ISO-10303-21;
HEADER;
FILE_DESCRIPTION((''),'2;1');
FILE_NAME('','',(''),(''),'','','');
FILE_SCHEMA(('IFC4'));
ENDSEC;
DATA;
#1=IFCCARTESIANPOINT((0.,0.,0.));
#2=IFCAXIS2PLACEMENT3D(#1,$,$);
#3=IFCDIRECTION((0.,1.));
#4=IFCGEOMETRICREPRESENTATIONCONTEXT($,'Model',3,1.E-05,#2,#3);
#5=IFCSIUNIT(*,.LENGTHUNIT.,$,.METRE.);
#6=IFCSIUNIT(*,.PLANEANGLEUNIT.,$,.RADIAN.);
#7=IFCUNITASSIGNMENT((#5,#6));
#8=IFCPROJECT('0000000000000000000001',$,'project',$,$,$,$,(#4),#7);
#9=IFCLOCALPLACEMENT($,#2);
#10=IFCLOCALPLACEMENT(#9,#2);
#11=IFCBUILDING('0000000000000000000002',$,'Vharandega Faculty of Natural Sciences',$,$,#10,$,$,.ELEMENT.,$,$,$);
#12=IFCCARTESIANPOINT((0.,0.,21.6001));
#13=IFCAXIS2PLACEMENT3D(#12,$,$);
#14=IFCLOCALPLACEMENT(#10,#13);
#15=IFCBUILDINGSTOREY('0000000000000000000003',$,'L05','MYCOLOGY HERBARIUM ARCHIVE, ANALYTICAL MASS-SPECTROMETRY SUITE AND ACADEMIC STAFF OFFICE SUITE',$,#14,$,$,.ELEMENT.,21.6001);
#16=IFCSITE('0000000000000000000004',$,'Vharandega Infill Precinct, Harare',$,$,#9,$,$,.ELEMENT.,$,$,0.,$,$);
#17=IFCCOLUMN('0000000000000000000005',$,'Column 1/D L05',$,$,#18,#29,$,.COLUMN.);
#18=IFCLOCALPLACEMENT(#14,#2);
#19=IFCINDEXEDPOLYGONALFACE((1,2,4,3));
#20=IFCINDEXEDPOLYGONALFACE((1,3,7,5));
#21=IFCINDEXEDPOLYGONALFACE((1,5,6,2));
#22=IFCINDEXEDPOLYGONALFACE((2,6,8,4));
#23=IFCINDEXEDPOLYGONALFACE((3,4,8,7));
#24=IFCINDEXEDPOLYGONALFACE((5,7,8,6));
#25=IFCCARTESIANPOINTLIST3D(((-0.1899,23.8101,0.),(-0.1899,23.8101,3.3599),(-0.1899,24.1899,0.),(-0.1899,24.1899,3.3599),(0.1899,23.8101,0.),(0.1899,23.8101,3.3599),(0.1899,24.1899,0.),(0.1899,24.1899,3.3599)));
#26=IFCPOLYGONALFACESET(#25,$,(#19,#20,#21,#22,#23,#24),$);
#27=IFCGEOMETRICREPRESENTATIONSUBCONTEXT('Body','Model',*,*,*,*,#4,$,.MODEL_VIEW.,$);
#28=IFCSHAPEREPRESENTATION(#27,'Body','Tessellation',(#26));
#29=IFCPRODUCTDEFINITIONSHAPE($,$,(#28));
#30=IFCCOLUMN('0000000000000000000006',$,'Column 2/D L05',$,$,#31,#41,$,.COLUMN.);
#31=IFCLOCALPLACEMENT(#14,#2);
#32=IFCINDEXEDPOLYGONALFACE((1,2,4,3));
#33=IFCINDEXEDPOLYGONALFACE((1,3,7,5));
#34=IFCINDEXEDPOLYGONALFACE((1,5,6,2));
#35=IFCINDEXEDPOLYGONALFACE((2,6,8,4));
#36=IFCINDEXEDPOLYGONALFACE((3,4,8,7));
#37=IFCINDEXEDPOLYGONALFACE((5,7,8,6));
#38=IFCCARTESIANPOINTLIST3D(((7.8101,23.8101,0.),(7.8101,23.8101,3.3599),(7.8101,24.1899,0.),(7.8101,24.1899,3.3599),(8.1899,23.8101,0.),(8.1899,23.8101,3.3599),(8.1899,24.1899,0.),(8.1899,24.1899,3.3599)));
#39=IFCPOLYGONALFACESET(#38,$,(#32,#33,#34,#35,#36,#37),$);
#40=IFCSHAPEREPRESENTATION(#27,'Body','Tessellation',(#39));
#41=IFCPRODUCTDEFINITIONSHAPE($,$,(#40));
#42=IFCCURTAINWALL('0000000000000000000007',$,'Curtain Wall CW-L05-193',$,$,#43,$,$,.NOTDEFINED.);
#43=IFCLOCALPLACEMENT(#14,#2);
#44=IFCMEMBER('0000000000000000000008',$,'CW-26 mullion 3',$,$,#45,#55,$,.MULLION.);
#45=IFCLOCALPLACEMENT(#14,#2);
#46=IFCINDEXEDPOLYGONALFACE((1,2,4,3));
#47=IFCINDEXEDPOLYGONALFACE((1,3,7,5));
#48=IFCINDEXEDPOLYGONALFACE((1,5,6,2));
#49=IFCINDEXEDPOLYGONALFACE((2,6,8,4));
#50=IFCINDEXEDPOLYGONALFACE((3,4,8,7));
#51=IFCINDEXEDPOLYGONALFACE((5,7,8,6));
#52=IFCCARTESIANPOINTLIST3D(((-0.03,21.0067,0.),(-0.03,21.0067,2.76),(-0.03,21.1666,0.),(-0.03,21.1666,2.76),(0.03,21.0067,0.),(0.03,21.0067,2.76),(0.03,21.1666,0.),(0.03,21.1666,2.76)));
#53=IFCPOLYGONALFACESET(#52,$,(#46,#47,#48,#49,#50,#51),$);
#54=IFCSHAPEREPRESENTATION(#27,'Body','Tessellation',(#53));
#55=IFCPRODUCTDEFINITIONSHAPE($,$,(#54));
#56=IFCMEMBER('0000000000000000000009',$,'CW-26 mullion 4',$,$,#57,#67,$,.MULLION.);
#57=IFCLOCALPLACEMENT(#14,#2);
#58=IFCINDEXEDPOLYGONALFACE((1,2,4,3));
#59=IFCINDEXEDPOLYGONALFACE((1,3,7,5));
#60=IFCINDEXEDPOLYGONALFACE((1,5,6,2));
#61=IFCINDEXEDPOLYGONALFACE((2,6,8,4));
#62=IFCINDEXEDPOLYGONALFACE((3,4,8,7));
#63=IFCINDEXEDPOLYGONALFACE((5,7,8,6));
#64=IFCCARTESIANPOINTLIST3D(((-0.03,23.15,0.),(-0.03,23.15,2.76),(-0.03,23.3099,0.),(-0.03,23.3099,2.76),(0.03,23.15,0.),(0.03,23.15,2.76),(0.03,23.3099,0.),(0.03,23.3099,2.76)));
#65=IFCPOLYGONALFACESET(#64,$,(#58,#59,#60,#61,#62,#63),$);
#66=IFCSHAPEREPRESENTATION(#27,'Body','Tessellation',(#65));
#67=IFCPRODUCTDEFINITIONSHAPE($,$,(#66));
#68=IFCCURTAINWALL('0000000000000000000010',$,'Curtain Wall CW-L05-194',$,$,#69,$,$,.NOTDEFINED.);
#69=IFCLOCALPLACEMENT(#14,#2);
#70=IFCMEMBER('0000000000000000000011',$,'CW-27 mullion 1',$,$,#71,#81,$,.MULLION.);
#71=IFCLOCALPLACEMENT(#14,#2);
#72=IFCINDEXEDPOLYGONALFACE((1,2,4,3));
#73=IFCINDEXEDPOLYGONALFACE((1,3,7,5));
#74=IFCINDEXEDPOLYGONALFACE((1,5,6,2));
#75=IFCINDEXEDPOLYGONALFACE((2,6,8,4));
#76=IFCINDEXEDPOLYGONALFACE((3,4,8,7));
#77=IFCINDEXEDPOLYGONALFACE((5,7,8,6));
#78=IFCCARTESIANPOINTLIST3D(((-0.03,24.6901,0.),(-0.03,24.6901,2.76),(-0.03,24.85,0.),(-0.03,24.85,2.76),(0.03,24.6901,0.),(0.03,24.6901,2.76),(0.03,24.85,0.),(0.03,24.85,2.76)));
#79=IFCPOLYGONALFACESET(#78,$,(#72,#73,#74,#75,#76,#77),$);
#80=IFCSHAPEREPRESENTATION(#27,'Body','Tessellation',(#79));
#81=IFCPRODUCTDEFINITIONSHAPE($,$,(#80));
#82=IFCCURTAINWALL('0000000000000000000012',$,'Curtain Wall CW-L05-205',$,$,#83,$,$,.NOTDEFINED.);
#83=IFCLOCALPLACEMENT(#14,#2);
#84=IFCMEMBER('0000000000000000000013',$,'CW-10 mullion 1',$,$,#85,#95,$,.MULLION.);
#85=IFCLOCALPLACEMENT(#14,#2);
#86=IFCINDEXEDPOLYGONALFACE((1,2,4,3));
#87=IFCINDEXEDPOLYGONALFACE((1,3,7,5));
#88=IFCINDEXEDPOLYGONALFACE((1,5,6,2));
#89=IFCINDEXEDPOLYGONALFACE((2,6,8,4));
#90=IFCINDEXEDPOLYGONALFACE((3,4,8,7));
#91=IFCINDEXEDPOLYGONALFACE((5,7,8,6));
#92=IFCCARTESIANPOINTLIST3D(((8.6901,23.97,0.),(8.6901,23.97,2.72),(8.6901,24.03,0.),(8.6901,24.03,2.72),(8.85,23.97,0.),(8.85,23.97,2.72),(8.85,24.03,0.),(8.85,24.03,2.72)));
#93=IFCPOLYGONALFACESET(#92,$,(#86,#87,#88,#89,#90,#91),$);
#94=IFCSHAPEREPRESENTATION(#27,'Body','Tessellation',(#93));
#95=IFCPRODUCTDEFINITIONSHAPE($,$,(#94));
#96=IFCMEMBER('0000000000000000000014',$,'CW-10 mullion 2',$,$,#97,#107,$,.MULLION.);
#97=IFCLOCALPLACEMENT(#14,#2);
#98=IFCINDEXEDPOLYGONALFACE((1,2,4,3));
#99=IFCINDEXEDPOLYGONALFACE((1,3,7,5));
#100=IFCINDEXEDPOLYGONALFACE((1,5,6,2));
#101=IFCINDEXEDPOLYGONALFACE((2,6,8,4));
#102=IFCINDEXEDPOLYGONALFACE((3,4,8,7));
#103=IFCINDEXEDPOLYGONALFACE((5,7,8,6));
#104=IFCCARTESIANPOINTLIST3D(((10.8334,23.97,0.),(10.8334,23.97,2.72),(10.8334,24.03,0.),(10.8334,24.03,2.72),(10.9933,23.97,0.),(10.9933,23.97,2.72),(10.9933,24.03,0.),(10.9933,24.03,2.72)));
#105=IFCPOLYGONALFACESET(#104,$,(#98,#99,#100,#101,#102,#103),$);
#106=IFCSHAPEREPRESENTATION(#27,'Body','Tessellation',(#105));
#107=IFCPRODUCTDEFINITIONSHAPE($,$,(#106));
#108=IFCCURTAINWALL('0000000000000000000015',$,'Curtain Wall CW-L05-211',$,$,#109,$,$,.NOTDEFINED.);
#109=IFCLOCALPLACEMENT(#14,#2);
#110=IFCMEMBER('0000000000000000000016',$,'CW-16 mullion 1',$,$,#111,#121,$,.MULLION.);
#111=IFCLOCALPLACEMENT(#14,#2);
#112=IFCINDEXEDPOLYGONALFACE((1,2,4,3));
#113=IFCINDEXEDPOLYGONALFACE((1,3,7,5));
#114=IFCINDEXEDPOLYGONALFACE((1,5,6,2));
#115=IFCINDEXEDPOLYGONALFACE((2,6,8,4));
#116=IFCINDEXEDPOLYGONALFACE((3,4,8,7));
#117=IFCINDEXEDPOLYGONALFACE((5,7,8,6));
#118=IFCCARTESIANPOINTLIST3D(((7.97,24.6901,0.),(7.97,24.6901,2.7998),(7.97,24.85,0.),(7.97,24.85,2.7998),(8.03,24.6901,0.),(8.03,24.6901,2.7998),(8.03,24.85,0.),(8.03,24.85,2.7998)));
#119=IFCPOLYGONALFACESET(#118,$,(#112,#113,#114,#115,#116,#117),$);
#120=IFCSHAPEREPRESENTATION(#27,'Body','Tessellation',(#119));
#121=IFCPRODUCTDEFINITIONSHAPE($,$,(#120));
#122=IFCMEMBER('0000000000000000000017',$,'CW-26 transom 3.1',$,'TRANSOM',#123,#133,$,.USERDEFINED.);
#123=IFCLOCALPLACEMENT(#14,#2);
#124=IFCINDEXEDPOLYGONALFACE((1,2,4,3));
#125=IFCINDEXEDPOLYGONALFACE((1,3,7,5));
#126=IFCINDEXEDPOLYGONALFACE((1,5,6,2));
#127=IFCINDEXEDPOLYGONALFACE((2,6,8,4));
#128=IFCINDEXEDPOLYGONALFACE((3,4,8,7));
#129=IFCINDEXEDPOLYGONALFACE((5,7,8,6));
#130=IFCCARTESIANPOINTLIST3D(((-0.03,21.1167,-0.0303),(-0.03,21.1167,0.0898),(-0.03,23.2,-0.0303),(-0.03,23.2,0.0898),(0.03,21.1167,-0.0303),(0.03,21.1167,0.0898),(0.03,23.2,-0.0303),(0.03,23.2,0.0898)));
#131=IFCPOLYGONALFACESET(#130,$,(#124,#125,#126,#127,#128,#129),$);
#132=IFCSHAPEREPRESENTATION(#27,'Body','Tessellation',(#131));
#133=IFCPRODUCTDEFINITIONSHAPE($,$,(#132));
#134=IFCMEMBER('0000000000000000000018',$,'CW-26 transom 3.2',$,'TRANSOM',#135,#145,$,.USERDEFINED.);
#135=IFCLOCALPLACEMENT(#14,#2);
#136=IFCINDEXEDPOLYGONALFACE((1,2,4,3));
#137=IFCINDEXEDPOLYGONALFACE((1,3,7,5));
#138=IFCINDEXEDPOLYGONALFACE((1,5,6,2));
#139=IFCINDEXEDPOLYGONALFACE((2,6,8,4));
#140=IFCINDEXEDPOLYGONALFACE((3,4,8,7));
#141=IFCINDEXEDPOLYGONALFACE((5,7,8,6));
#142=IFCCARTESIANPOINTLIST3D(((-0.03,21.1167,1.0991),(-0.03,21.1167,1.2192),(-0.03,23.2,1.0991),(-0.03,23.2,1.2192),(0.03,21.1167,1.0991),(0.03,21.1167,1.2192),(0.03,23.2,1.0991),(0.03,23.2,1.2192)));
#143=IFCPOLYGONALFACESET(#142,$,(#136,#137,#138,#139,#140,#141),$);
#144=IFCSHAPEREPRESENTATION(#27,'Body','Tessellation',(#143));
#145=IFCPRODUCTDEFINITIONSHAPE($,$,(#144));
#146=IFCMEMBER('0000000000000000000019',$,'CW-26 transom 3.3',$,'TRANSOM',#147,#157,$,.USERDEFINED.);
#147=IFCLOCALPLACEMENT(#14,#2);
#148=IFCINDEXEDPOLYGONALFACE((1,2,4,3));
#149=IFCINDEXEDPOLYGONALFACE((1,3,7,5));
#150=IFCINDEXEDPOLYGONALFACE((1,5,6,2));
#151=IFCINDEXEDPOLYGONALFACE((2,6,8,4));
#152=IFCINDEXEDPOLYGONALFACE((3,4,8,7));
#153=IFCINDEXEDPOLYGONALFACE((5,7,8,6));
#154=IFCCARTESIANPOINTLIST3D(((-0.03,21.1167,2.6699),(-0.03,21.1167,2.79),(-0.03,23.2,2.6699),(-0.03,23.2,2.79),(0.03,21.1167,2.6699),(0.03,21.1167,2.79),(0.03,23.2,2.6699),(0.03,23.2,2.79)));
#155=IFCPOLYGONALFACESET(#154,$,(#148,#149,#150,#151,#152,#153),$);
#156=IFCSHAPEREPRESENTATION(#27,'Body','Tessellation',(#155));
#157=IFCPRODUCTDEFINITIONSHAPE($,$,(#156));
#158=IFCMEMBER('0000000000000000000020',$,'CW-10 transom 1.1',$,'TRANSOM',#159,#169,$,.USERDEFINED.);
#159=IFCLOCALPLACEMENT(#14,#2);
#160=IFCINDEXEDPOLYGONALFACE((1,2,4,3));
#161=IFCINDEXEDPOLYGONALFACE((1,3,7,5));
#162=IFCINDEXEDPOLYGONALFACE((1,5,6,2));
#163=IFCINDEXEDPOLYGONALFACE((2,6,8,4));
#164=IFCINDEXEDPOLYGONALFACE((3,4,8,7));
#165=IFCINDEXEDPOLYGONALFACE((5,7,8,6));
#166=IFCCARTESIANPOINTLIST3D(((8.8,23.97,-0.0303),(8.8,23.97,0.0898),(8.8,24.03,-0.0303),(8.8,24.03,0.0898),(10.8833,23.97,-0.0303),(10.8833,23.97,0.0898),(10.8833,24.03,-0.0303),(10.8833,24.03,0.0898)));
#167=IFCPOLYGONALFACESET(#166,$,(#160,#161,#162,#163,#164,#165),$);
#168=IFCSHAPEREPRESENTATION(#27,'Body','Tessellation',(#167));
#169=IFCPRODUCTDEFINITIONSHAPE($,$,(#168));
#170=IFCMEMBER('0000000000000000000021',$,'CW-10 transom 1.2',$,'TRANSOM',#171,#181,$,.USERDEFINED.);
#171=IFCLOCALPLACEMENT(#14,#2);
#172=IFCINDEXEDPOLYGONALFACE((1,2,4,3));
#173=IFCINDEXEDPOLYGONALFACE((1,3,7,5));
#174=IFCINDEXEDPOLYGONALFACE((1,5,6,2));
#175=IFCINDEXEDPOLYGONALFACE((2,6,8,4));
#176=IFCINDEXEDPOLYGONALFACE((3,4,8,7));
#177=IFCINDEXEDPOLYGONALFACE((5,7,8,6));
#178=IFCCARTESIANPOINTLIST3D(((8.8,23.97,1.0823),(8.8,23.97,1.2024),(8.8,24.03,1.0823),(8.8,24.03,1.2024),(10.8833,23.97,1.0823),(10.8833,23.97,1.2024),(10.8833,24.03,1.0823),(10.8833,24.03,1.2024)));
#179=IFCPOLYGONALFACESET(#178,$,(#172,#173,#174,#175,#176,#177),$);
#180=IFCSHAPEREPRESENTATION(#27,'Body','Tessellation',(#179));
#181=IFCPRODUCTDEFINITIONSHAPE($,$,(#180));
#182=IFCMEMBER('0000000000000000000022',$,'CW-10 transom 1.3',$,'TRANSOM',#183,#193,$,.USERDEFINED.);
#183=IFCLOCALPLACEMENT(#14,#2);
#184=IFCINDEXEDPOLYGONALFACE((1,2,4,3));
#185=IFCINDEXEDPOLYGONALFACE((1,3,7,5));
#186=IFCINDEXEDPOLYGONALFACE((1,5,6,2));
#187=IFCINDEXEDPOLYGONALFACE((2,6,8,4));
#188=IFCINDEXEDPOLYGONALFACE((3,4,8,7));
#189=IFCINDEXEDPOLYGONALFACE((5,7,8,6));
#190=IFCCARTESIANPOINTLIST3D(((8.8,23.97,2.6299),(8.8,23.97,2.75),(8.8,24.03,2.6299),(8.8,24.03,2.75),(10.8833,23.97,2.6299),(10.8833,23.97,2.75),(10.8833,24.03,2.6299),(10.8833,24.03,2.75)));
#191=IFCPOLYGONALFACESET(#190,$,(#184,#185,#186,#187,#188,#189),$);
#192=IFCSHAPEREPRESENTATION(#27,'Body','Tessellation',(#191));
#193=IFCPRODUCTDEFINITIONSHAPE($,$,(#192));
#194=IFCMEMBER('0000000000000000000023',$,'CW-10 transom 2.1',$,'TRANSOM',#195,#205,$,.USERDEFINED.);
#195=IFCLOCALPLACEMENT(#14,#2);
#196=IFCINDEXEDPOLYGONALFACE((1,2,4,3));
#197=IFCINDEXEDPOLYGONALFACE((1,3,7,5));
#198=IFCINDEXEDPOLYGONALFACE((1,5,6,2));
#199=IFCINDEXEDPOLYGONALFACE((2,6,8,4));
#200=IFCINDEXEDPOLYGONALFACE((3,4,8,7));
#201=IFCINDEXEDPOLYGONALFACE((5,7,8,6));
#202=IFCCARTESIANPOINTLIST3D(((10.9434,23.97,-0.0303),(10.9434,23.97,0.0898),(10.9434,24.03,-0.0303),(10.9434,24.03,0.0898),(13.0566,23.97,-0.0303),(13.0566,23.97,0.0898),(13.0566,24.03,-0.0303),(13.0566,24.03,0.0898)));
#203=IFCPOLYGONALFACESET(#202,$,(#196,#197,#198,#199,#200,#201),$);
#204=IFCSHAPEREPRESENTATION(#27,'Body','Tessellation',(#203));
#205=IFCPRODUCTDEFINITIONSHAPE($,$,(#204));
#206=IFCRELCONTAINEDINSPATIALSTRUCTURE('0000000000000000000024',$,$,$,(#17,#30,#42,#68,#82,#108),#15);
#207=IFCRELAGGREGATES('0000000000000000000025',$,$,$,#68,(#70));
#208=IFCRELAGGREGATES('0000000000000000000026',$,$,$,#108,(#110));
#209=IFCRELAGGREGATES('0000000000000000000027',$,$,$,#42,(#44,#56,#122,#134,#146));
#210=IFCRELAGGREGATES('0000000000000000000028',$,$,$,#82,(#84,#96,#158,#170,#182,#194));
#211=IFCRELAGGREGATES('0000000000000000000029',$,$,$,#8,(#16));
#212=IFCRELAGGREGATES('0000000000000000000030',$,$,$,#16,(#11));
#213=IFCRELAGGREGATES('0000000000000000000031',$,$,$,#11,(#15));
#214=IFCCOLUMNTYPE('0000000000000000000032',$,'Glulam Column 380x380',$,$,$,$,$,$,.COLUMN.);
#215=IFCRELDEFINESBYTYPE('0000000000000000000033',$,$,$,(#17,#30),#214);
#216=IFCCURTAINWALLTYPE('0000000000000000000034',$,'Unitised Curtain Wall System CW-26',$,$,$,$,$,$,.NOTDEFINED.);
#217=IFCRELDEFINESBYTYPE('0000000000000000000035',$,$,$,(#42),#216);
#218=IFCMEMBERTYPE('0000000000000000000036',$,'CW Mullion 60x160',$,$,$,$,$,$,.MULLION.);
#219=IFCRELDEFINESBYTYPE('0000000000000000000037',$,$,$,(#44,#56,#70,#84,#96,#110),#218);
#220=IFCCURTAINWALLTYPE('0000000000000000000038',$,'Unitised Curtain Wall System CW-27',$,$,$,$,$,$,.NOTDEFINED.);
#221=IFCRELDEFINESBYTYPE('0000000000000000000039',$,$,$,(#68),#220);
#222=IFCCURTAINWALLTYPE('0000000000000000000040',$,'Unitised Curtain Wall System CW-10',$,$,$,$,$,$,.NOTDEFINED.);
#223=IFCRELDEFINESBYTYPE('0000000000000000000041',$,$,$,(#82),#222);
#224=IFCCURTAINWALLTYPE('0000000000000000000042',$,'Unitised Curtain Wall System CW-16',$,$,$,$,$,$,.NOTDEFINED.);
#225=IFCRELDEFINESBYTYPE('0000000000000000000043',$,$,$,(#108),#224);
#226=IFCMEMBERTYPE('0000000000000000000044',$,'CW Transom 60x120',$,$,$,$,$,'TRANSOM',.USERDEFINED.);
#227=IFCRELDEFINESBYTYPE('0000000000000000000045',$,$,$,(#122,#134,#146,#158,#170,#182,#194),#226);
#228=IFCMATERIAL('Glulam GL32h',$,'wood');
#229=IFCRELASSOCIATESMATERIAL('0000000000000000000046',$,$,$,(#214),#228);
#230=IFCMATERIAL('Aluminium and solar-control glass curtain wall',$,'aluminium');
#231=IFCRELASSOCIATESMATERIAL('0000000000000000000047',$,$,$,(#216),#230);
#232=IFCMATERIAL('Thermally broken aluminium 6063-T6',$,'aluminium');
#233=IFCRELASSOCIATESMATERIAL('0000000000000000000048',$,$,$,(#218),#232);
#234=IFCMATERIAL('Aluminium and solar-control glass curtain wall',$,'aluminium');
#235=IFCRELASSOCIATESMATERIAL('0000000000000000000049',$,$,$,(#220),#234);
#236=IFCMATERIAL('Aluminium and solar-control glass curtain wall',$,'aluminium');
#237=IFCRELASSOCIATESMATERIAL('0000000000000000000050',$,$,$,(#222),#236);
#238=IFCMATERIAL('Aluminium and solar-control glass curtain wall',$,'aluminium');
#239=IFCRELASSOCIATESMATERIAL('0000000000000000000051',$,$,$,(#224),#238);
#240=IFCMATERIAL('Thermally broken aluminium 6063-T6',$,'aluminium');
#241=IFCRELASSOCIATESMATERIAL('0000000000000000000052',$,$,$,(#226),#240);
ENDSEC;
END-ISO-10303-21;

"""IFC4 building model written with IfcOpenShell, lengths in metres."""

from ifc_helpers import new_model, si_unit, direction, frame, origin, origin_2d, place, context, subcontext, project, spatial, rectangle, extrude, material, material_profile, profile_set, type_object, element, aggregate, save


model = new_model("IFC4")

# Units and contexts
model_context = context("Model", 3, precision=1e-05, world=origin(), true_north=direction((0.0, 1.0)))
body_context = subcontext(model_context, "Body", "Model", "MODEL_VIEW")
ifc_project = project(units=[si_unit("LENGTHUNIT", "METRE"), si_unit("PLANEANGLEUNIT", "RADIAN")], contexts=[model_context])

# Site, building, storey
site_placement = place(None, origin())
site = spatial("IfcSite", under=ifc_project, at=site_placement, Name="Vharandega Infill Precinct, Harare", CompositionType="ELEMENT", RefElevation=0.0)
building_placement = place(site_placement, origin())
building = spatial("IfcBuilding", under=site, at=building_placement, Name="Vharandega Faculty of Natural Sciences", CompositionType="ELEMENT")
storey_placement = place(building_placement, frame((0.0, 0.0, 21.6001)))
storey = spatial("IfcBuildingStorey", under=building, at=storey_placement, Name="L05", Description="MYCOLOGY HERBARIUM ARCHIVE, ANALYTICAL MASS-SPECTROMETRY SUITE AND ACADEMIC STAFF OFFICE SUITE", CompositionType="ELEMENT", Elevation=21.6001)

# Columns
ifc_material_1 = material(Name="Glulam GL32h", Category="wood")
ifc_material_profile_1 = material_profile(ifc_material_1, rectangle(XDim=0.3799, YDim=0.3799, at=origin_2d()), Name="GL32h 380x380")
ifc_profile_set_1 = profile_set([ifc_material_profile_1], Name="Glulam GL32h")
column_type = type_object("IfcColumnType", Name="Glulam Column 380x380", PredefinedType="COLUMN", material=ifc_profile_set_1)
for number, where, z_axis, x_axis, name in (
    (1, (0.0, 24.0, 0.0), (0.0, 0.0, 1.0), (1.0, 0.0, 0.0), "Column 1/D L05"),
    (2, (8.0, 24.0, 0.0), (0.0, 0.0, 1.0), (1.0, 0.0, 0.0), "Column 2/D L05"),
):
    element("IfcColumn", number, at=place(storey_placement, frame(where, z_axis=z_axis, x_axis=x_axis)), inside=storey, type_object=column_type, Name=name, PredefinedType="COLUMN", context=body_context, shape_type="SweptSolid", body=[
        extrude(rectangle(XDim=0.3799, YDim=0.3799, at=origin_2d()), origin(), (0.0, 0.0, 1.0), 3.3599),
    ])

# Curtain wall, members
ifc_material_2 = material(Name="Aluminium and solar-control glass curtain wall", Category="aluminium")
curtain_wall_type_1 = type_object("IfcCurtainWallType", Name="Unitised Curtain Wall System CW-26", PredefinedType="NOTDEFINED", material=ifc_material_2)
curtain_wall_1_placement = place(storey_placement, origin())
curtain_wall_1 = element("IfcCurtainWall", 3, at=curtain_wall_1_placement, inside=storey, type_object=curtain_wall_type_1, Name="Curtain Wall CW-L05-193", PredefinedType="NOTDEFINED")
ifc_material_3 = material(Name="Thermally broken aluminium 6063-T6", Category="aluminium")
ifc_material_profile_2 = material_profile(ifc_material_3, rectangle(XDim=0.0601, YDim=0.1599, at=origin_2d()), Name="ALU 60x160")
ifc_profile_set_2 = profile_set([ifc_material_profile_2], Name="Thermally broken aluminium 6063-T6")
member_type_1 = type_object("IfcMemberType", Name="CW Mullion 60x160", PredefinedType="MULLION", material=ifc_profile_set_2)
member_1_placement = place(storey_placement, frame((0.0, 21.0867, 0.0), z_axis=(0.0, 0.0, 1.0), x_axis=(-1.0, 0.0, 0.0)))
member_1 = element("IfcMember", 4, at=member_1_placement, type_object=member_type_1, Name="CW-26 mullion 3", PredefinedType="MULLION", context=body_context, shape_type="SweptSolid", body=[
    extrude(rectangle(XDim=0.0601, YDim=0.1599, at=origin_2d()), origin(), (0.0, 0.0, 1.0), 2.76),
])
member_2_placement = place(storey_placement, frame((0.0, 23.23, 0.0), z_axis=(0.0, 0.0, 1.0), x_axis=(-1.0, 0.0, 0.0)))
member_2 = element("IfcMember", 5, at=member_2_placement, type_object=member_type_1, Name="CW-26 mullion 4", PredefinedType="MULLION", context=body_context, shape_type="SweptSolid", body=[
    extrude(rectangle(XDim=0.0601, YDim=0.1599, at=origin_2d()), origin(), (0.0, 0.0, 1.0), 2.76),
])

# Curtain wall, member
ifc_material_4 = material(Name="Aluminium and solar-control glass curtain wall", Category="aluminium")
curtain_wall_type_2 = type_object("IfcCurtainWallType", Name="Unitised Curtain Wall System CW-27", PredefinedType="NOTDEFINED", material=ifc_material_4)
curtain_wall_2_placement = place(storey_placement, origin())
curtain_wall_2 = element("IfcCurtainWall", 6, at=curtain_wall_2_placement, inside=storey, type_object=curtain_wall_type_2, Name="Curtain Wall CW-L05-194", PredefinedType="NOTDEFINED")
member_3_placement = place(storey_placement, frame((0.0, 24.77, 0.0), z_axis=(0.0, 0.0, 1.0), x_axis=(-1.0, 0.0, 0.0)))
member_3 = element("IfcMember", 7, at=member_3_placement, type_object=member_type_1, Name="CW-27 mullion 1", PredefinedType="MULLION", context=body_context, shape_type="SweptSolid", body=[
    extrude(rectangle(XDim=0.0601, YDim=0.1599, at=origin_2d()), origin(), (0.0, 0.0, 1.0), 2.76),
])
aggregate(curtain_wall_2, [member_3])

# Curtain wall, members
ifc_material_5 = material(Name="Aluminium and solar-control glass curtain wall", Category="aluminium")
curtain_wall_type_3 = type_object("IfcCurtainWallType", Name="Unitised Curtain Wall System CW-10", PredefinedType="NOTDEFINED", material=ifc_material_5)
curtain_wall_3_placement = place(storey_placement, origin())
curtain_wall_3 = element("IfcCurtainWall", 8, at=curtain_wall_3_placement, inside=storey, type_object=curtain_wall_type_3, Name="Curtain Wall CW-L05-205", PredefinedType="NOTDEFINED")
member_4_placement = place(storey_placement, frame((8.77, 24.0, 0.0), z_axis=(0.0, 0.0, 1.0), x_axis=(0.0, 1.0, 0.0)))
member_4 = element("IfcMember", 9, at=member_4_placement, type_object=member_type_1, Name="CW-10 mullion 1", PredefinedType="MULLION", context=body_context, shape_type="SweptSolid", body=[
    extrude(rectangle(XDim=0.0601, YDim=0.1599, at=origin_2d()), origin(), (0.0, 0.0, 1.0), 2.72),
])
member_5_placement = place(storey_placement, frame((10.9133, 24.0, 0.0), z_axis=(0.0, 0.0, 1.0), x_axis=(0.0, 1.0, 0.0)))
member_5 = element("IfcMember", 10, at=member_5_placement, type_object=member_type_1, Name="CW-10 mullion 2", PredefinedType="MULLION", context=body_context, shape_type="SweptSolid", body=[
    extrude(rectangle(XDim=0.0601, YDim=0.1599, at=origin_2d()), origin(), (0.0, 0.0, 1.0), 2.72),
])

# Curtain wall, member
ifc_material_6 = material(Name="Aluminium and solar-control glass curtain wall", Category="aluminium")
curtain_wall_type_4 = type_object("IfcCurtainWallType", Name="Unitised Curtain Wall System CW-16", PredefinedType="NOTDEFINED", material=ifc_material_6)
curtain_wall_4_placement = place(storey_placement, origin())
curtain_wall_4 = element("IfcCurtainWall", 11, at=curtain_wall_4_placement, inside=storey, type_object=curtain_wall_type_4, Name="Curtain Wall CW-L05-211", PredefinedType="NOTDEFINED")
member_6_placement = place(storey_placement, frame((8.0, 24.77, 0.0), z_axis=(0.0, 0.0, 1.0), x_axis=(-1.0, 0.0, 0.0)))
member_6 = element("IfcMember", 12, at=member_6_placement, type_object=member_type_1, Name="CW-16 mullion 1", PredefinedType="MULLION", context=body_context, shape_type="SweptSolid", body=[
    extrude(rectangle(XDim=0.0601, YDim=0.1599, at=origin_2d()), origin(), (0.0, 0.0, 1.0), 2.7998),
])
aggregate(curtain_wall_4, [member_6])

# Members
ifc_material_7 = material(Name="Thermally broken aluminium 6063-T6", Category="aluminium")
ifc_material_profile_3 = material_profile(ifc_material_7, rectangle(XDim=0.0601, YDim=0.1201, at=origin_2d()), Name="ALU 60x120")
ifc_profile_set_3 = profile_set([ifc_material_profile_3], Name="Thermally broken aluminium 6063-T6")
member_type_2 = type_object("IfcMemberType", Name="CW Transom 60x120", ElementType="TRANSOM", PredefinedType="USERDEFINED", material=ifc_profile_set_3)
member_7_placement = place(storey_placement, frame((0.0, 21.1167, 0.0298), z_axis=(0.0, 1.0, 0.0), x_axis=(-1.0, 0.0, 0.0)))
member_7 = element("IfcMember", 13, at=member_7_placement, type_object=member_type_2, Name="CW-26 transom 3.1", ObjectType="TRANSOM", PredefinedType="USERDEFINED", context=body_context, shape_type="SweptSolid", body=[
    extrude(rectangle(XDim=0.0601, YDim=0.1201, at=origin_2d()), origin(), (0.0, 0.0, 1.0), 2.0833),
])
member_8_placement = place(storey_placement, frame((0.0, 21.1167, 1.1592), z_axis=(0.0, 1.0, 0.0), x_axis=(-1.0, 0.0, 0.0)))
member_8 = element("IfcMember", 14, at=member_8_placement, type_object=member_type_2, Name="CW-26 transom 3.2", ObjectType="TRANSOM", PredefinedType="USERDEFINED", context=body_context, shape_type="SweptSolid", body=[
    extrude(rectangle(XDim=0.0601, YDim=0.1201, at=origin_2d()), origin(), (0.0, 0.0, 1.0), 2.0833),
])
member_9_placement = place(storey_placement, frame((0.0, 21.1167, 2.73), z_axis=(0.0, 1.0, 0.0), x_axis=(-1.0, 0.0, 0.0)))
member_9 = element("IfcMember", 15, at=member_9_placement, type_object=member_type_2, Name="CW-26 transom 3.3", ObjectType="TRANSOM", PredefinedType="USERDEFINED", context=body_context, shape_type="SweptSolid", body=[
    extrude(rectangle(XDim=0.0601, YDim=0.1201, at=origin_2d()), origin(), (0.0, 0.0, 1.0), 2.0833),
])
member_10_placement = place(storey_placement, frame((8.8, 24.0, 0.0298), z_axis=(1.0, 0.0, 0.0), x_axis=(0.0, 1.0, 0.0)))
member_10 = element("IfcMember", 16, at=member_10_placement, type_object=member_type_2, Name="CW-10 transom 1.1", ObjectType="TRANSOM", PredefinedType="USERDEFINED", context=body_context, shape_type="SweptSolid", body=[
    extrude(rectangle(XDim=0.0601, YDim=0.1201, at=origin_2d()), origin(), (0.0, 0.0, 1.0), 2.0833),
])
member_11_placement = place(storey_placement, frame((8.8, 24.0, 1.1423), z_axis=(1.0, 0.0, 0.0), x_axis=(0.0, 1.0, 0.0)))
member_11 = element("IfcMember", 17, at=member_11_placement, type_object=member_type_2, Name="CW-10 transom 1.2", ObjectType="TRANSOM", PredefinedType="USERDEFINED", context=body_context, shape_type="SweptSolid", body=[
    extrude(rectangle(XDim=0.0601, YDim=0.1201, at=origin_2d()), origin(), (0.0, 0.0, 1.0), 2.0833),
])
member_12_placement = place(storey_placement, frame((8.8, 24.0, 2.6899), z_axis=(1.0, 0.0, 0.0), x_axis=(0.0, 1.0, 0.0)))
member_12 = element("IfcMember", 18, at=member_12_placement, type_object=member_type_2, Name="CW-10 transom 1.3", ObjectType="TRANSOM", PredefinedType="USERDEFINED", context=body_context, shape_type="SweptSolid", body=[
    extrude(rectangle(XDim=0.0601, YDim=0.1201, at=origin_2d()), origin(), (0.0, 0.0, 1.0), 2.0833),
])
member_13_placement = place(storey_placement, frame((10.9434, 24.0, 0.0298), z_axis=(1.0, 0.0, 0.0), x_axis=(0.0, 1.0, 0.0)))
member_13 = element("IfcMember", 19, at=member_13_placement, type_object=member_type_2, Name="CW-10 transom 2.1", ObjectType="TRANSOM", PredefinedType="USERDEFINED", context=body_context, shape_type="SweptSolid", body=[
    extrude(rectangle(XDim=0.0601, YDim=0.1201, at=origin_2d()), origin(), (0.0, 0.0, 1.0), 2.1133),
])

aggregate(curtain_wall_1, [member_1, member_2, member_7, member_8, member_9])
aggregate(curtain_wall_3, [member_4, member_5, member_10, member_11, member_12, member_13])

save(model, "model.ifc")
